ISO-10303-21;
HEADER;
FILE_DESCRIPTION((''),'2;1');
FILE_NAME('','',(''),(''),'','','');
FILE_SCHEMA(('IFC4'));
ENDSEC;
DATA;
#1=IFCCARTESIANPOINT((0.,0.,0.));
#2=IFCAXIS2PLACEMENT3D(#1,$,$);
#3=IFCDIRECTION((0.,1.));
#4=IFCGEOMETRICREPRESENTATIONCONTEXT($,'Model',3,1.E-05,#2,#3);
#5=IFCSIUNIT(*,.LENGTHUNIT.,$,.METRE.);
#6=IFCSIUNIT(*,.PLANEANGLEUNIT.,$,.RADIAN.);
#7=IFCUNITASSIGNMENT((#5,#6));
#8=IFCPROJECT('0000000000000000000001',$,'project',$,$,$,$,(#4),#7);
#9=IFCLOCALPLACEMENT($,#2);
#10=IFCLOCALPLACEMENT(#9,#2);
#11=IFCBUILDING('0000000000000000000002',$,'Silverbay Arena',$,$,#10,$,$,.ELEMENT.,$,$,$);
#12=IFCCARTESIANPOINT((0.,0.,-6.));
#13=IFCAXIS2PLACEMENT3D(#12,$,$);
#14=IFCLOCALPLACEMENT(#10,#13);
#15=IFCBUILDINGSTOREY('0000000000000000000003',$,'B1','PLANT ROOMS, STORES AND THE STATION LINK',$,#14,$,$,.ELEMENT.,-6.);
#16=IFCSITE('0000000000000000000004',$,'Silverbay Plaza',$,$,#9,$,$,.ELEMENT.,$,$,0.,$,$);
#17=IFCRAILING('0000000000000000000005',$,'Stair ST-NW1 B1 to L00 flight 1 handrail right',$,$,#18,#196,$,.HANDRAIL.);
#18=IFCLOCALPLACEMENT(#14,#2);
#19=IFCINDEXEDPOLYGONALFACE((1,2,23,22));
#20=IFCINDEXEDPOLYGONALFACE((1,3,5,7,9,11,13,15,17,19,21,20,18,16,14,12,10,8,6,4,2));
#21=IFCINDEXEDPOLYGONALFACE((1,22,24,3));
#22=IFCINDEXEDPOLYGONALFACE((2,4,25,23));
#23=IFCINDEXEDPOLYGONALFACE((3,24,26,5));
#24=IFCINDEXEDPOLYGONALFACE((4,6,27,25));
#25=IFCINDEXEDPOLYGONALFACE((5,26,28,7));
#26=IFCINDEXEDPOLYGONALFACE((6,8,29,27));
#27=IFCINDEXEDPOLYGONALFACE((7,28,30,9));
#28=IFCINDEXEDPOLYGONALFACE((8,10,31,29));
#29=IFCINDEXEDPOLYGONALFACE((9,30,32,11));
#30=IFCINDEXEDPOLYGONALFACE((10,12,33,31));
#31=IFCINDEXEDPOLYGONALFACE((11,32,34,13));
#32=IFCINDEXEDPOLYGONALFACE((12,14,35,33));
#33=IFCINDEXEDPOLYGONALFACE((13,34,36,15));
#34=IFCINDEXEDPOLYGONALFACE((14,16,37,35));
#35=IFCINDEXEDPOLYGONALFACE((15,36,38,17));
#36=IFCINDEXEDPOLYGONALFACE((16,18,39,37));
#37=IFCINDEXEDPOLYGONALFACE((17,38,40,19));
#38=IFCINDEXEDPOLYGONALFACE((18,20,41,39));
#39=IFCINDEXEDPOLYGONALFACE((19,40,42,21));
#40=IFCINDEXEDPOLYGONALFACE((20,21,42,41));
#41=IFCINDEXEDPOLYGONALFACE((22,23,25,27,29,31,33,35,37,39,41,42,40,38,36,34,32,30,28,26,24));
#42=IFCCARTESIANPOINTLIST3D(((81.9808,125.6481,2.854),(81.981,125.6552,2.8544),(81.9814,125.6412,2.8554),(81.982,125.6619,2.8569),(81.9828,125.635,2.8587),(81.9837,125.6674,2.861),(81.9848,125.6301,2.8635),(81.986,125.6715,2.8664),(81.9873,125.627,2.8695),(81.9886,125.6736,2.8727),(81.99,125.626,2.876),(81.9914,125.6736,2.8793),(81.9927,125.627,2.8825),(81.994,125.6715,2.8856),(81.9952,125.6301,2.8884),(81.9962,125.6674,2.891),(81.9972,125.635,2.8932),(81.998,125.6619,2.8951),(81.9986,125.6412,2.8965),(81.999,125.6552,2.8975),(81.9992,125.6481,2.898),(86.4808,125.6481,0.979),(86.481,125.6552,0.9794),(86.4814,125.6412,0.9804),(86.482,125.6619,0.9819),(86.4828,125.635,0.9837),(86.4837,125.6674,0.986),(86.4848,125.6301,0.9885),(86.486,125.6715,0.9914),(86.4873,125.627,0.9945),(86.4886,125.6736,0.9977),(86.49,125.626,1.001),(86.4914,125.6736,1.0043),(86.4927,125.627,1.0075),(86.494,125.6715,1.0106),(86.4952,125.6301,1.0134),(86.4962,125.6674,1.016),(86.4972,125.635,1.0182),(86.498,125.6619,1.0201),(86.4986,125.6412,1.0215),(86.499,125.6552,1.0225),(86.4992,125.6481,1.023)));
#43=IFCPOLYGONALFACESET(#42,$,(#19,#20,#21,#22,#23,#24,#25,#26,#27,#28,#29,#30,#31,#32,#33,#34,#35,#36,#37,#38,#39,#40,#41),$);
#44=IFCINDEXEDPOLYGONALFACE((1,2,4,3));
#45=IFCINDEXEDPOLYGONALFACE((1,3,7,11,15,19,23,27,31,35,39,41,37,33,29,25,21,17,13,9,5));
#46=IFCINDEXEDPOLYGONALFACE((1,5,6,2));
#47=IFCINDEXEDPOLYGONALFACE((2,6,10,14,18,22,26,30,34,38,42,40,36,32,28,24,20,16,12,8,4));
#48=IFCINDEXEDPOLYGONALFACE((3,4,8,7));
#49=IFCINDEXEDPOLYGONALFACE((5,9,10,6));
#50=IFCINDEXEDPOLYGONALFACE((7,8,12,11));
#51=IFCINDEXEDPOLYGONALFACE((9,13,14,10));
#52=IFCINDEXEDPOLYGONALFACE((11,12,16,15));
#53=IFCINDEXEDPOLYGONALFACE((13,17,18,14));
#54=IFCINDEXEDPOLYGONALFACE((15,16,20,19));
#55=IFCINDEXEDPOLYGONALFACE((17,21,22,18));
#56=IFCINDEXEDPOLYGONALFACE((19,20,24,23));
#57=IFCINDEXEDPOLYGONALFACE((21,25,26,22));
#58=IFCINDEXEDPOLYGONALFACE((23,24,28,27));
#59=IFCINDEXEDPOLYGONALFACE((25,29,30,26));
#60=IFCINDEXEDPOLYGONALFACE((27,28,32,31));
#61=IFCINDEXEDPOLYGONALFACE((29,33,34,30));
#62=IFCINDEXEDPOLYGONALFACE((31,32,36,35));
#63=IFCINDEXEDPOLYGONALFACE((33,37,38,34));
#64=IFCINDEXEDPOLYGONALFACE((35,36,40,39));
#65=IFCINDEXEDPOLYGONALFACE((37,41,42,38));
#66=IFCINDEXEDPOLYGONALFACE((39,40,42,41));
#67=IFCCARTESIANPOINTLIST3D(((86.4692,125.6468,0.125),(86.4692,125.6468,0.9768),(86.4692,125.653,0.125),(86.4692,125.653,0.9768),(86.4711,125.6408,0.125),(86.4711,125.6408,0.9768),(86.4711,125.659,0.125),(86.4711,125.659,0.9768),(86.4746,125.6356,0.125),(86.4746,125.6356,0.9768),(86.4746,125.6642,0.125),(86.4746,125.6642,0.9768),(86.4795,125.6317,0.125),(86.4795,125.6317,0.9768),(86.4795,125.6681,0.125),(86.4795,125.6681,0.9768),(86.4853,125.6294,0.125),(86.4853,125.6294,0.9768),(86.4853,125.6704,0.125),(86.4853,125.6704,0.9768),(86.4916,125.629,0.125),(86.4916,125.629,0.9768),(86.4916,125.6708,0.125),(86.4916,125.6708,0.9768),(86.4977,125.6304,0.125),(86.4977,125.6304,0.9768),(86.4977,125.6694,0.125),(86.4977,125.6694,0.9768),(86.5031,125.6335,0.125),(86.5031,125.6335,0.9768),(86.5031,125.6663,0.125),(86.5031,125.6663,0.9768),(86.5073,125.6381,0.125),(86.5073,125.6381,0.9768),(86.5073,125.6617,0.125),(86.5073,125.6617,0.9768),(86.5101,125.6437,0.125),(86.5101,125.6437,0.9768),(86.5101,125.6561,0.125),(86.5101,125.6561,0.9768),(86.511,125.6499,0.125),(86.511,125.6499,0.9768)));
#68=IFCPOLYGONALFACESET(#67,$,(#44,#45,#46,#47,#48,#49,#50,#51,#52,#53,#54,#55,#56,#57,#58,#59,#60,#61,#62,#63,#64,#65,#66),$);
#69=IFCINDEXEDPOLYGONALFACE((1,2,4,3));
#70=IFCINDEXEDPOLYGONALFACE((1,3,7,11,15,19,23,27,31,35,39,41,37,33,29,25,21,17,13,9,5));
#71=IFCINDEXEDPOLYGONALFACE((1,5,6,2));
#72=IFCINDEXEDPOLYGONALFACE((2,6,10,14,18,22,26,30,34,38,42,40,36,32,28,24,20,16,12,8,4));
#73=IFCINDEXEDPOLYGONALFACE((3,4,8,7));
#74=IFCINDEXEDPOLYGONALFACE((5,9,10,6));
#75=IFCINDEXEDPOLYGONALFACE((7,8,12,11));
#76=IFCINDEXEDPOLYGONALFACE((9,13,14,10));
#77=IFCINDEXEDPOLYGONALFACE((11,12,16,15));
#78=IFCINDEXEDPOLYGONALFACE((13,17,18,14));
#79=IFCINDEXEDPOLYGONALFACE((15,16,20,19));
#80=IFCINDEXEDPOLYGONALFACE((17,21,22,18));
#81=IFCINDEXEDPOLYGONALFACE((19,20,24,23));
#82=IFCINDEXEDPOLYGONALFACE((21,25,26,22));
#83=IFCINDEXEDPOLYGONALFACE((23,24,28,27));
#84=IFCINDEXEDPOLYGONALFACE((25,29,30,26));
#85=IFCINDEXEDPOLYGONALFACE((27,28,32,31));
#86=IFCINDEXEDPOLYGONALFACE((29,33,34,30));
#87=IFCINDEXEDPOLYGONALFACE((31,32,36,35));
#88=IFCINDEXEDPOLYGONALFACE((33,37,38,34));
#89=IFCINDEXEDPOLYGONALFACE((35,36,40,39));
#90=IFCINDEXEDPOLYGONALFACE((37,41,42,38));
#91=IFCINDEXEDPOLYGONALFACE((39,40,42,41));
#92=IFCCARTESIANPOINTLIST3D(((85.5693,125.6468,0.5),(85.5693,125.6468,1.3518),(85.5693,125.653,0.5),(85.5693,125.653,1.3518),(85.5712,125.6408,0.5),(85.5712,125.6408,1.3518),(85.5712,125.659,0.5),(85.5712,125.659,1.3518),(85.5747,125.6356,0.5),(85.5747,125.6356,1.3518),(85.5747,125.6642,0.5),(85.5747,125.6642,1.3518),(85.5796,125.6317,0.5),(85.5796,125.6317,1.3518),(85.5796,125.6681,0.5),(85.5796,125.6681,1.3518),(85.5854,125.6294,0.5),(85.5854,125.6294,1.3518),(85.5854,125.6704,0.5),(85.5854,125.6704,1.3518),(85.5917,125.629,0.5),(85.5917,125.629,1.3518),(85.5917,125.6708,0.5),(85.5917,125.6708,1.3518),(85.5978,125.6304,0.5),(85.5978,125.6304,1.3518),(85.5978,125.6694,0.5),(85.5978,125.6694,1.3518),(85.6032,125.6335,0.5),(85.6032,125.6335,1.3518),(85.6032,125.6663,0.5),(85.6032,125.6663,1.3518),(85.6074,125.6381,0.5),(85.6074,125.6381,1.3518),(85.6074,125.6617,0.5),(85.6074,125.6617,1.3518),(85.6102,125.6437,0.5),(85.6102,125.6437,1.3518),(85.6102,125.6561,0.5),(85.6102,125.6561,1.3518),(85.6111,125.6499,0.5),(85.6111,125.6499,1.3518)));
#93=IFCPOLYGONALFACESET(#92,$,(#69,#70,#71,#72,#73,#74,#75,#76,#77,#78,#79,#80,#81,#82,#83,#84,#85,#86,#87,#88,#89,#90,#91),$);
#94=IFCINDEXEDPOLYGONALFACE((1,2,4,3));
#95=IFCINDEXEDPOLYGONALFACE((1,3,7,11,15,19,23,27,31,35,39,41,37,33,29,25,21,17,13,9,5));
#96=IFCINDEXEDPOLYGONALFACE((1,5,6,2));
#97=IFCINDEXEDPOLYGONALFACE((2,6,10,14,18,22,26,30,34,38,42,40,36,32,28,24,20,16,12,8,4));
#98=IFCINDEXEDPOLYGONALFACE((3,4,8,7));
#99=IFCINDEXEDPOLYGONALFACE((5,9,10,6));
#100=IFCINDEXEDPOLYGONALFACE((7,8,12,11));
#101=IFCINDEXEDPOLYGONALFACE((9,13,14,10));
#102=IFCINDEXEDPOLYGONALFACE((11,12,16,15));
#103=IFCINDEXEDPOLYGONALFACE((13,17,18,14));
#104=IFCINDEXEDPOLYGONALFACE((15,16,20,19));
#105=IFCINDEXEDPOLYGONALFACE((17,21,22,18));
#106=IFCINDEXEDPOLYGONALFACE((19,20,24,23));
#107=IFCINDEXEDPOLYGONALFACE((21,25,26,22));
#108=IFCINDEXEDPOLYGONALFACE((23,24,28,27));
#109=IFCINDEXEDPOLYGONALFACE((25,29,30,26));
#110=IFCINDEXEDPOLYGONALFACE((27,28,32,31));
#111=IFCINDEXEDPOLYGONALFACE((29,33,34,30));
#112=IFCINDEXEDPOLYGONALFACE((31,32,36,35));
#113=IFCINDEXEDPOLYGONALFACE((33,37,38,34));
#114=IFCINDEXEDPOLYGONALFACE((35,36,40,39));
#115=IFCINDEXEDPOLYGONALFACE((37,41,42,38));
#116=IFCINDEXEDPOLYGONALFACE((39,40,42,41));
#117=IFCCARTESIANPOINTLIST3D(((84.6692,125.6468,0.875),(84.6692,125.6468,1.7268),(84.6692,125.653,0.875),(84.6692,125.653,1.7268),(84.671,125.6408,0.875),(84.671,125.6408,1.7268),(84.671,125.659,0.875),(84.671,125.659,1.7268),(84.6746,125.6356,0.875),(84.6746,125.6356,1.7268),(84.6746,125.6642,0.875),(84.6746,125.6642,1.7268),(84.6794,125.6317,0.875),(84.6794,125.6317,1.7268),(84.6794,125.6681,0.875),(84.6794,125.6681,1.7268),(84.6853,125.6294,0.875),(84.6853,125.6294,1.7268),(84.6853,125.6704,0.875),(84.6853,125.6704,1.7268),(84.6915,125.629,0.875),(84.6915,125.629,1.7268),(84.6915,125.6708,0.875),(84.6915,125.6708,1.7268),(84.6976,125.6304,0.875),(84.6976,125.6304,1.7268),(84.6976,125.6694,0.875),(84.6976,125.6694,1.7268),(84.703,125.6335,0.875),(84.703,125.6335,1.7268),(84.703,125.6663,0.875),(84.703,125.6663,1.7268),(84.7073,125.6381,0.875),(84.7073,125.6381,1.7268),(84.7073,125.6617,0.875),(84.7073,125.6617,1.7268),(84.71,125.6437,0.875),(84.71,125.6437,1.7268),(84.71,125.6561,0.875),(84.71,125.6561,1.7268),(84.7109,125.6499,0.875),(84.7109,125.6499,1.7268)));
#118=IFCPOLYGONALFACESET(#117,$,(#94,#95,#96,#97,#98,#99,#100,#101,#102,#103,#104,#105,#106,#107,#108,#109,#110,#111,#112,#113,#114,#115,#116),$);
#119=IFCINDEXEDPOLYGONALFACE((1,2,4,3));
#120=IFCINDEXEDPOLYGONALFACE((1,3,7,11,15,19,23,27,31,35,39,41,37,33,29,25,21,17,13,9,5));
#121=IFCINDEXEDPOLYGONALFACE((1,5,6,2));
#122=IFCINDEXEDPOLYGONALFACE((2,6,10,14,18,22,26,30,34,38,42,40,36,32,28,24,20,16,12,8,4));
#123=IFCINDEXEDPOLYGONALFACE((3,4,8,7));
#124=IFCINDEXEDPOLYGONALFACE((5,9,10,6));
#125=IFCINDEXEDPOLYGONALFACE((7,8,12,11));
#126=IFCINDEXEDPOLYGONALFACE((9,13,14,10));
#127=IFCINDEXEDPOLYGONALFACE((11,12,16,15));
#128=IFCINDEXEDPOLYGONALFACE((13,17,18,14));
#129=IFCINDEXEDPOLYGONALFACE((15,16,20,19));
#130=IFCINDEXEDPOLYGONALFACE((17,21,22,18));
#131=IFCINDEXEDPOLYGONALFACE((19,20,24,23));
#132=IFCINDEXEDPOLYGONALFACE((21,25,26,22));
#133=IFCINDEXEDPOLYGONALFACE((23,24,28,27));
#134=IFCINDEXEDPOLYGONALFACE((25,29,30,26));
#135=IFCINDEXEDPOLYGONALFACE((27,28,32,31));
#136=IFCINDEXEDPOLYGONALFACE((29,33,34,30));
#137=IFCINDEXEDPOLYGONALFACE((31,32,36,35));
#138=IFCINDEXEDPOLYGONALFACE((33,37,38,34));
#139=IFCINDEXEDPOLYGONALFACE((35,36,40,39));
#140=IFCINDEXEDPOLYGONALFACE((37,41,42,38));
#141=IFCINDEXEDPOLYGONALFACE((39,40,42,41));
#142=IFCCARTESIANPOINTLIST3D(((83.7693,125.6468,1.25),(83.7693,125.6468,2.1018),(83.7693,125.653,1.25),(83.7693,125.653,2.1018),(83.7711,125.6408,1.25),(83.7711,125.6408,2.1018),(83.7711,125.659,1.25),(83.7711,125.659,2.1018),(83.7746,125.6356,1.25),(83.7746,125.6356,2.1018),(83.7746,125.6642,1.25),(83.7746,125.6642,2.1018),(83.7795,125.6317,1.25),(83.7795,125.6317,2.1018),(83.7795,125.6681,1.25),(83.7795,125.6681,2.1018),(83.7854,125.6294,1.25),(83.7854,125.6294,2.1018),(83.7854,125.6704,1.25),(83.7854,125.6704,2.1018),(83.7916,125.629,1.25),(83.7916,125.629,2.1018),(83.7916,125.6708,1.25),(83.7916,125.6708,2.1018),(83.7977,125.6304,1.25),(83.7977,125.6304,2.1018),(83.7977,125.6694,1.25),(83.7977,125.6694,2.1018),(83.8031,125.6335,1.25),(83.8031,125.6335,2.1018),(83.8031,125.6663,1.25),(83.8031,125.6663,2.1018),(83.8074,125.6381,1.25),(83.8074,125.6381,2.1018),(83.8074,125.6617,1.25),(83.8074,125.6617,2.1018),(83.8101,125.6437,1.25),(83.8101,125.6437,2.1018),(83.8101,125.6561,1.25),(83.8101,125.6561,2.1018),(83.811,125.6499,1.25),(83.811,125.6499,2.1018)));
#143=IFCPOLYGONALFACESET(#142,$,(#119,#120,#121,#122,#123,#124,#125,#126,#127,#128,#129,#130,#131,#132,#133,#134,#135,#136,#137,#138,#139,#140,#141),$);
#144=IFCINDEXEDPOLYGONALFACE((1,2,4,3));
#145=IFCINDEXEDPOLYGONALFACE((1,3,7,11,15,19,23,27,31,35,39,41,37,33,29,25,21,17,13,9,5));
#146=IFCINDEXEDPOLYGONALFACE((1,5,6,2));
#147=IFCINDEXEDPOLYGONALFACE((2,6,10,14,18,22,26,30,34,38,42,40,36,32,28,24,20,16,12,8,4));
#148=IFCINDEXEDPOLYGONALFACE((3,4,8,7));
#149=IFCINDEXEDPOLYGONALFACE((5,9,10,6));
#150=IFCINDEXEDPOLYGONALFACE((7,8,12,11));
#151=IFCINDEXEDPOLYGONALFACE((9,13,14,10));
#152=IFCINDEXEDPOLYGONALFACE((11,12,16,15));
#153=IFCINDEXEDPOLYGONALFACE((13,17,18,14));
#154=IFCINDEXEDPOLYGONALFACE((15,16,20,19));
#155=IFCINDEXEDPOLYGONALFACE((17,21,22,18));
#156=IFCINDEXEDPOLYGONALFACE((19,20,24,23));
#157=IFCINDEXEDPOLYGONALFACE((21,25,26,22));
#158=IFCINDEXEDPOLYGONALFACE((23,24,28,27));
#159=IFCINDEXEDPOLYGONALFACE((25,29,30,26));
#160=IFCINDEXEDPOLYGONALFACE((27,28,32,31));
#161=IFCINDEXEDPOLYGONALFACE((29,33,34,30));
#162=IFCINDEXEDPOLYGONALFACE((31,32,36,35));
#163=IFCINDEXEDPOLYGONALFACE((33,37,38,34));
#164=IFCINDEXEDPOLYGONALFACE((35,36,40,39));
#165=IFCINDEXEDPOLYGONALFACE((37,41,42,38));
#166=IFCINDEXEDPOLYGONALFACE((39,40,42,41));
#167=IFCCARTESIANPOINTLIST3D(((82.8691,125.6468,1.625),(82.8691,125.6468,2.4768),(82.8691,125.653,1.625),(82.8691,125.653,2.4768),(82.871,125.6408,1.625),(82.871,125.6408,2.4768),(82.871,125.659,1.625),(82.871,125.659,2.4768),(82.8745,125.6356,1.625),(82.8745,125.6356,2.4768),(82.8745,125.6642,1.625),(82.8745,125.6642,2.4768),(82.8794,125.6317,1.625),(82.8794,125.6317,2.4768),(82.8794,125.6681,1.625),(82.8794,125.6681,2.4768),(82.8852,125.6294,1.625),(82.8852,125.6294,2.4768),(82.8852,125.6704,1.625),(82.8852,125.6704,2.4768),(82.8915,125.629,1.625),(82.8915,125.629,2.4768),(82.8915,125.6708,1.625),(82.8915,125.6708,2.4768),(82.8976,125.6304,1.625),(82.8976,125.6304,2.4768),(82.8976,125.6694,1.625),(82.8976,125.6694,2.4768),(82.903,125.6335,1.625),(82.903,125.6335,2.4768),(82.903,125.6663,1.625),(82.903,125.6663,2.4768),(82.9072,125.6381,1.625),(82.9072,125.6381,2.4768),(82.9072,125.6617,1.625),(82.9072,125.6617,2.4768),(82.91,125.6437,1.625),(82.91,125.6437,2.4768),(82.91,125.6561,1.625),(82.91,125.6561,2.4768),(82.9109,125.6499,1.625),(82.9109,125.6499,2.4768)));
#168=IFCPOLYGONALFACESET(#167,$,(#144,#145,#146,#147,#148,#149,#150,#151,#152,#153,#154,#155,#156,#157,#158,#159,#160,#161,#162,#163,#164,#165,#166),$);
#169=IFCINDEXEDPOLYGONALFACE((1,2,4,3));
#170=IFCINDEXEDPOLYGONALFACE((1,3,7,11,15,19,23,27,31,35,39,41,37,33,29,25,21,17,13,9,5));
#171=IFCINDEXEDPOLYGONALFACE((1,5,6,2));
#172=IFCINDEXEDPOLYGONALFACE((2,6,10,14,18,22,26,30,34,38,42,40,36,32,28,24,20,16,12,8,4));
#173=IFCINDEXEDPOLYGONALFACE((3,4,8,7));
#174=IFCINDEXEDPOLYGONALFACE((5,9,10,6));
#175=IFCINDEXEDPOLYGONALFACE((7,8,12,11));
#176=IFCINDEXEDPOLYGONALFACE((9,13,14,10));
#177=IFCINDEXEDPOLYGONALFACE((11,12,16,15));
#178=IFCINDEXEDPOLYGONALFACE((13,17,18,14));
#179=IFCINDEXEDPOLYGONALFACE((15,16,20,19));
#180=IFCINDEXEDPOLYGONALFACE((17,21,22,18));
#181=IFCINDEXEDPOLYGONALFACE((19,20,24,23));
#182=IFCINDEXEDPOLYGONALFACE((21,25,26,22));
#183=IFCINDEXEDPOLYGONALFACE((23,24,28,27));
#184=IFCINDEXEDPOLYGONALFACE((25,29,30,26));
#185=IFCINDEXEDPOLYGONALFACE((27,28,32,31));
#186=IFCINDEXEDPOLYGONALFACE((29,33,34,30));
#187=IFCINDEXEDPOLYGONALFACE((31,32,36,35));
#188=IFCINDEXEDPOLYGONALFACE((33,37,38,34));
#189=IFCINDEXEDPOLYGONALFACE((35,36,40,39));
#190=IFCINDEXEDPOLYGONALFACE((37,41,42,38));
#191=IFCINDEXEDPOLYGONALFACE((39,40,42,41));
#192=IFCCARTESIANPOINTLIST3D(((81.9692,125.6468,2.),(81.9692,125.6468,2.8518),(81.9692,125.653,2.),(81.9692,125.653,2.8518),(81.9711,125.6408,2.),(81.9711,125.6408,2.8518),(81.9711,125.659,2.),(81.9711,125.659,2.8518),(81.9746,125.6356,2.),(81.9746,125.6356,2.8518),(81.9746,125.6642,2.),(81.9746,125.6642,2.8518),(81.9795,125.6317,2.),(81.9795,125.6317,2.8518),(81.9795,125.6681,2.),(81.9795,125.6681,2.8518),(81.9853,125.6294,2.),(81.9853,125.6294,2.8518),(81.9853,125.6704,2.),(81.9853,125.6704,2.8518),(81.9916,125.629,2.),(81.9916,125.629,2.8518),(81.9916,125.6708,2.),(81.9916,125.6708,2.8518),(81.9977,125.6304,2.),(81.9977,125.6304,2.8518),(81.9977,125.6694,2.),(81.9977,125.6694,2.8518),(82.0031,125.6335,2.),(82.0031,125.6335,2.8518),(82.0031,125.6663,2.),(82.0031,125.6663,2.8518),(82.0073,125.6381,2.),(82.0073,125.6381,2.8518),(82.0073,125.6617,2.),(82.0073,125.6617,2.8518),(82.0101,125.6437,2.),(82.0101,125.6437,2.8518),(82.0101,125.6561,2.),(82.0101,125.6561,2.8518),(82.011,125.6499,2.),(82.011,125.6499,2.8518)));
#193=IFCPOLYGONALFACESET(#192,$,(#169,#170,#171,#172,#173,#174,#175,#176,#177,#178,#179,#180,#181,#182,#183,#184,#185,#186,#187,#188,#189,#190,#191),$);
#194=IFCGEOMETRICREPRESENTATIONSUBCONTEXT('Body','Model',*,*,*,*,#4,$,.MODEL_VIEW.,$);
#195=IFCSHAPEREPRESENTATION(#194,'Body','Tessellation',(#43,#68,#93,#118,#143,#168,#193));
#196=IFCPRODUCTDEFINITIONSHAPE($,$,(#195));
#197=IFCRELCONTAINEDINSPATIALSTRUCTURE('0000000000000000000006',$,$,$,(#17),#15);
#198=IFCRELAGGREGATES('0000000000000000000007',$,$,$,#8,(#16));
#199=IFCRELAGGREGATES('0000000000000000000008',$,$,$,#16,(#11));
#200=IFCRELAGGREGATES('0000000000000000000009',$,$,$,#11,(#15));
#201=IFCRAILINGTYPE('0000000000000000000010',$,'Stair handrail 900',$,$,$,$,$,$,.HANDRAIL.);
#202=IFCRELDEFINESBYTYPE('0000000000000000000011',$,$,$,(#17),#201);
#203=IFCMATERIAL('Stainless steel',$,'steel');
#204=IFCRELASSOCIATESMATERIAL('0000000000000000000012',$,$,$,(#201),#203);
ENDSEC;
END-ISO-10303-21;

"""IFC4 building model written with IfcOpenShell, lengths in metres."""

from ifc_helpers import new_model, si_unit, direction, frame, origin, origin_2d, place, context, subcontext, project, spatial, circle, extrude, material, type_object, element, save


model = new_model("IFC4")

# Units and contexts
model_context = context("Model", 3, precision=1e-05, world=origin(), true_north=direction((0.0, 1.0)))
body_context = subcontext(model_context, "Body", "Model", "MODEL_VIEW")
ifc_project = project(units=[si_unit("LENGTHUNIT", "METRE"), si_unit("PLANEANGLEUNIT", "RADIAN")], contexts=[model_context])

# Site, building, storey
site_placement = place(None, origin())
site = spatial("IfcSite", under=ifc_project, at=site_placement, Name="Silverbay Plaza", CompositionType="ELEMENT", RefElevation=0.0)
building_placement = place(site_placement, origin())
building = spatial("IfcBuilding", under=site, at=building_placement, Name="Silverbay Arena", CompositionType="ELEMENT")
storey_placement = place(building_placement, frame((0.0, 0.0, -6.0)))
storey = spatial("IfcBuildingStorey", under=building, at=storey_placement, Name="B1", Description="PLANT ROOMS, STORES AND THE STATION LINK", CompositionType="ELEMENT", Elevation=-6.0)

# Railing
ifc_material_1 = material(Name="Stainless steel", Category="steel")
railing_type_1 = type_object("IfcRailingType", Name="Stair handrail 900", PredefinedType="HANDRAIL", material=ifc_material_1)
for number, where, name in (
    (1, (86.49, 125.6499, 0.125), "Stair ST-NW1 B1 to L00 flight 1 handrail right"),
):
    element("IfcRailing", number, at=place(storey_placement, frame(where)), inside=storey, type_object=railing_type_1, Name=name, PredefinedType="HANDRAIL", context=body_context, shape_type="SweptSolid", body=[
        extrude(circle(Radius=0.0239, at=origin_2d()), frame((0.0, 0.0, 0.876), z_axis=(-0.923077, 0.0, 0.384615), x_axis=(0.0, -1.0, 0.0)), (0.0, 0.0, 1.0), 4.875),
        extrude(circle(Radius=0.021, at=origin_2d()), origin(), (0.0, 0.0, 1.0), 0.8518),
        extrude(circle(Radius=0.021, at=origin_2d()), frame((-0.8999, 0.0, 0.375)), (0.0, 0.0, 1.0), 0.8518),
        extrude(circle(Radius=0.021, at=origin_2d()), frame((-1.8, 0.0, 0.75)), (0.0, 0.0, 1.0), 0.8518),
        extrude(circle(Radius=0.021, at=origin_2d()), frame((-2.7, 0.0, 1.125)), (0.0, 0.0, 1.0), 0.8518),
        extrude(circle(Radius=0.021, at=origin_2d()), frame((-3.6001, 0.0, 1.5)), (0.0, 0.0, 1.0), 0.8518),
        extrude(circle(Radius=0.021, at=origin_2d()), frame((-4.5, 0.0, 1.875)), (0.0, 0.0, 1.0), 0.8518),
    ])

save(model, "model.ifc")
